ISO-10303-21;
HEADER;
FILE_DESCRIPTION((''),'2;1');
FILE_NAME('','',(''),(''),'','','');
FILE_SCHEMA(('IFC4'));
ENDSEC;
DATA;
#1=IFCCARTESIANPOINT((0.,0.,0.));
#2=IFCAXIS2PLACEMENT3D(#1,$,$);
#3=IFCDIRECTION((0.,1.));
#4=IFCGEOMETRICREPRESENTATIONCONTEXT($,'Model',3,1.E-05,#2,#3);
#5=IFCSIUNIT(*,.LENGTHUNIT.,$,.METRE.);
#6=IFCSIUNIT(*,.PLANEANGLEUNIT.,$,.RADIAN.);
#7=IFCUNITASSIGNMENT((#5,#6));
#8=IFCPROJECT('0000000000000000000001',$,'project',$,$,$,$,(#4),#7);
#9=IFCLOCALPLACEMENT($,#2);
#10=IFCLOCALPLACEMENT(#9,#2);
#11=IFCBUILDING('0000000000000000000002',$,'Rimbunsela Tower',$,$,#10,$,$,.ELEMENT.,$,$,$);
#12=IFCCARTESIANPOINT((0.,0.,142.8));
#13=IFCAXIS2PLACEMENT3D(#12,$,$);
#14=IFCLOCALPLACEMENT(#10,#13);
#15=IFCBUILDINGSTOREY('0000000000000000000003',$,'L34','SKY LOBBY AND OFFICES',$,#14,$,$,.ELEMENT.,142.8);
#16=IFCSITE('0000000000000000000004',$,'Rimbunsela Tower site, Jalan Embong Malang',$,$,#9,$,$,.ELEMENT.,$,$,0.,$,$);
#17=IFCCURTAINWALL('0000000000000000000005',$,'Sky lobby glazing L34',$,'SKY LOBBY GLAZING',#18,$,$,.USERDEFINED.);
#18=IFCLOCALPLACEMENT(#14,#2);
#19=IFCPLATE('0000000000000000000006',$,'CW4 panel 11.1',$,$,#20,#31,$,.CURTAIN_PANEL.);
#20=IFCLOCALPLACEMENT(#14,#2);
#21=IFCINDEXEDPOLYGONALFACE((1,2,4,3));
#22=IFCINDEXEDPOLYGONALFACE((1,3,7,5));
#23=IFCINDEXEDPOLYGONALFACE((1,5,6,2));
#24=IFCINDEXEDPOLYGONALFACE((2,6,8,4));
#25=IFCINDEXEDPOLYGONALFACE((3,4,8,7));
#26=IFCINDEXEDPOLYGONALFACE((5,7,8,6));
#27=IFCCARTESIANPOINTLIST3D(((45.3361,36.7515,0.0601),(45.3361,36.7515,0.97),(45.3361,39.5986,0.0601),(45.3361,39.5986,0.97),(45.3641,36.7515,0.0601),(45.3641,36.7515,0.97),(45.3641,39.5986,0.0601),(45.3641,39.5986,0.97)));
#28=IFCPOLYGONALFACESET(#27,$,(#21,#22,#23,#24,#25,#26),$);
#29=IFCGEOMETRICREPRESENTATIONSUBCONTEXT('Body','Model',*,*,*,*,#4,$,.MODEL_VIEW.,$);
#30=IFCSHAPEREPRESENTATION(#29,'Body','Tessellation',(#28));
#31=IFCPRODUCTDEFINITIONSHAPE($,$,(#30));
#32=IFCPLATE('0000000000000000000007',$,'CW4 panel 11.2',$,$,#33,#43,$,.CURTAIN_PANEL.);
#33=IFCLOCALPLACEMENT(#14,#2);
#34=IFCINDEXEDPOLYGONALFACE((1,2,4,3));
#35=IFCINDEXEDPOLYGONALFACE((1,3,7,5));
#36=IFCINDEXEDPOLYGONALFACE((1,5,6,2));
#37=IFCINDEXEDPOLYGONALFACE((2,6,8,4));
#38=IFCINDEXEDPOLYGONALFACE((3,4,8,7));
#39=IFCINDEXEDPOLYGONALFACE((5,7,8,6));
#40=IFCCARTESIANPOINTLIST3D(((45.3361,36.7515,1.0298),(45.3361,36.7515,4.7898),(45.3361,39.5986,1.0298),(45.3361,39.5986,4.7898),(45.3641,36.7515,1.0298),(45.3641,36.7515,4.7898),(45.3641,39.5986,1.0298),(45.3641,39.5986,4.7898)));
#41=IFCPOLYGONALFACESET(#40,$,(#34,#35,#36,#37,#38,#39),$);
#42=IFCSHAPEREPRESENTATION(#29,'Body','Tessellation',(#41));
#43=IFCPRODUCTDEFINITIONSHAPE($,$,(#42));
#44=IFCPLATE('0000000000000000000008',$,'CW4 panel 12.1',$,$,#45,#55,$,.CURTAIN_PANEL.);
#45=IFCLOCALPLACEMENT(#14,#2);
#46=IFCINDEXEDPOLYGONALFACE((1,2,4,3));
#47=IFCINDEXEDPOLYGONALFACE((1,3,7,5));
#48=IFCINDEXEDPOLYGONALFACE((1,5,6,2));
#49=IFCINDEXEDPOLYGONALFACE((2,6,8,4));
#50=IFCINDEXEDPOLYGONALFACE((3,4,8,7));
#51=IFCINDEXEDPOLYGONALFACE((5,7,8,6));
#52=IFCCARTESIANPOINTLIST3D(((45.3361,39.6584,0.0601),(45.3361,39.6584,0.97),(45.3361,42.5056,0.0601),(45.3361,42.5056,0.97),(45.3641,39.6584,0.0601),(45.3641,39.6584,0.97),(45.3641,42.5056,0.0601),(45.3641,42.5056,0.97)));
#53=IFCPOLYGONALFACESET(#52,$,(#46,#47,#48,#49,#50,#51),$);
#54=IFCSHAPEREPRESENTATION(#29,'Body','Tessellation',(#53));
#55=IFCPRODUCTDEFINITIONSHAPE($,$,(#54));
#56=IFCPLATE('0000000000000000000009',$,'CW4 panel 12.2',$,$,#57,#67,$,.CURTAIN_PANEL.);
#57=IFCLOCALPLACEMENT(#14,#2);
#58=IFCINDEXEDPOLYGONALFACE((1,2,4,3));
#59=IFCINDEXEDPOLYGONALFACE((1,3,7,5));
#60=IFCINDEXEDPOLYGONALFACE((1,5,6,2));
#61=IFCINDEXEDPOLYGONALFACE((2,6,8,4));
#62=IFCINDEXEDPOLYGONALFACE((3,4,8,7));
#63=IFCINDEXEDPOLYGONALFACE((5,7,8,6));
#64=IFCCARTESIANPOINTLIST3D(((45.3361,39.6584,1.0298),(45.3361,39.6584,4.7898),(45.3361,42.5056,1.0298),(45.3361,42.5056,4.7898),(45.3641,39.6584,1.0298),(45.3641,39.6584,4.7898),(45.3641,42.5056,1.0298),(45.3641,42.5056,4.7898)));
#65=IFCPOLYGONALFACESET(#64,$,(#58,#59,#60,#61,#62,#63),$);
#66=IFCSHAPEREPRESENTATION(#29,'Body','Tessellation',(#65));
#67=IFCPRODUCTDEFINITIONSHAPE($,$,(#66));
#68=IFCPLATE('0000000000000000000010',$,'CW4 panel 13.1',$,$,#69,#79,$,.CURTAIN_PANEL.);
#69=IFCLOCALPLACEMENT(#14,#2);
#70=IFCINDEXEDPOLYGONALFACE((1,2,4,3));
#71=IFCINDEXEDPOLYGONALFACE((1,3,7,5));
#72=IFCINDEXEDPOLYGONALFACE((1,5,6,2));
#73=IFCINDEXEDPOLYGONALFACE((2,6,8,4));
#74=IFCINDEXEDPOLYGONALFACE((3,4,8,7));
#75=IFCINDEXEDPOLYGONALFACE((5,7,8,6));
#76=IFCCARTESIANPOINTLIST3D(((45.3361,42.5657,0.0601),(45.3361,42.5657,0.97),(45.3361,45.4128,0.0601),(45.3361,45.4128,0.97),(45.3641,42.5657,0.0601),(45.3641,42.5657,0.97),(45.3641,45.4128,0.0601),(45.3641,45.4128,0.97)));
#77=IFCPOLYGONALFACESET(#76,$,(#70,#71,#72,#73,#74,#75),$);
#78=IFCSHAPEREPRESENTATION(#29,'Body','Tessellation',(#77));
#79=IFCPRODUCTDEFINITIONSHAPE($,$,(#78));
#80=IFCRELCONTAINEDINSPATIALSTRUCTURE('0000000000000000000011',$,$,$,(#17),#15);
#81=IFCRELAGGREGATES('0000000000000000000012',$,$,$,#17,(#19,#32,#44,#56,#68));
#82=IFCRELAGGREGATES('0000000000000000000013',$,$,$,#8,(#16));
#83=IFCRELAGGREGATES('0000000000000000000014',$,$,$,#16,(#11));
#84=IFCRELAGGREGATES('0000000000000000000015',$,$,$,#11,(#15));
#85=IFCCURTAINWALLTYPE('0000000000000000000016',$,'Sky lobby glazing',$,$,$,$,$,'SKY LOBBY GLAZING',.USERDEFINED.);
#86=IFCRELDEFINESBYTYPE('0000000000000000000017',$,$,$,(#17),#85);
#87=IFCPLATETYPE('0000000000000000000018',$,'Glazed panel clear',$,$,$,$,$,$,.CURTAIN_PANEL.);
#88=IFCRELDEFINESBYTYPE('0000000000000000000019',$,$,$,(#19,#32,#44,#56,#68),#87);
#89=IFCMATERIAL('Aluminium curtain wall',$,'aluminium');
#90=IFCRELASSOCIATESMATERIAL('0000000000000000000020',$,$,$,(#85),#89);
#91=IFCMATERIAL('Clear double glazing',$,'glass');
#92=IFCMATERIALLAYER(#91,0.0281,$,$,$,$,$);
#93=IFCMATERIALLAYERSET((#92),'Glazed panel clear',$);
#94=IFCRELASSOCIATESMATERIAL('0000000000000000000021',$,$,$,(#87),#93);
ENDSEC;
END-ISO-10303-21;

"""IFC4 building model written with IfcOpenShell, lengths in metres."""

from ifc_helpers import new_model, si_unit, direction, frame, origin, origin_2d, place, context, subcontext, project, spatial, rectangle, extrude, material, layer, layer_set, type_object, element, aggregate, save


model = new_model("IFC4")

# Units and contexts
model_context = context("Model", 3, precision=1e-05, world=origin(), true_north=direction((0.0, 1.0)))
body_context = subcontext(model_context, "Body", "Model", "MODEL_VIEW")
ifc_project = project(units=[si_unit("LENGTHUNIT", "METRE"), si_unit("PLANEANGLEUNIT", "RADIAN")], contexts=[model_context])

# Site, building, storey
site_placement = place(None, origin())
site = spatial("IfcSite", under=ifc_project, at=site_placement, Name="Rimbunsela Tower site, Jalan Embong Malang", CompositionType="ELEMENT", RefElevation=0.0)
building_placement = place(site_placement, origin())
building = spatial("IfcBuilding", under=site, at=building_placement, Name="Rimbunsela Tower", CompositionType="ELEMENT")
storey_placement = place(building_placement, frame((0.0, 0.0, 142.8)))
storey = spatial("IfcBuildingStorey", under=building, at=storey_placement, Name="L34", Description="SKY LOBBY AND OFFICES", CompositionType="ELEMENT", Elevation=142.8)

# Curtain wall, plates
ifc_material_1 = material(Name="Aluminium curtain wall", Category="aluminium")
curtain_wall_type = type_object("IfcCurtainWallType", Name="Sky lobby glazing", ElementType="SKY LOBBY GLAZING", PredefinedType="USERDEFINED", material=ifc_material_1)
curtain_wall_placement = place(storey_placement, origin())
curtain_wall = element("IfcCurtainWall", 1, at=curtain_wall_placement, inside=storey, type_object=curtain_wall_type, Name="Sky lobby glazing L34", ObjectType="SKY LOBBY GLAZING", PredefinedType="USERDEFINED")
ifc_material_2 = material(Name="Clear double glazing", Category="glass")
ifc_layer = layer(ifc_material_2, 0.0281)
ifc_layer_set = layer_set([ifc_layer], Name="Glazed panel clear")
plate_type = type_object("IfcPlateType", Name="Glazed panel clear", PredefinedType="CURTAIN_PANEL", material=ifc_layer_set)
plate_1_placement = place(storey_placement, frame((45.3501, 38.175, 0.0601), z_axis=(0.0, 0.0, 1.0), x_axis=(0.0, 1.0, 0.0)))
plate_1 = element("IfcPlate", 2, at=plate_1_placement, type_object=plate_type, Name="CW4 panel 11.1", PredefinedType="CURTAIN_PANEL", context=body_context, shape_type="SweptSolid", body=[
    extrude(rectangle(XDim=2.8472, YDim=0.0281, at=origin_2d()), origin(), (0.0, 0.0, 1.0), 0.9099),
])
plate_2_placement = place(storey_placement, frame((45.3501, 38.175, 1.0298), z_axis=(0.0, 0.0, 1.0), x_axis=(0.0, 1.0, 0.0)))
plate_2 = element("IfcPlate", 3, at=plate_2_placement, type_object=plate_type, Name="CW4 panel 11.2", PredefinedType="CURTAIN_PANEL", context=body_context, shape_type="SweptSolid", body=[
    extrude(rectangle(XDim=2.8472, YDim=0.0281, at=origin_2d()), origin(), (0.0, 0.0, 1.0), 3.76),
])
plate_3_placement = place(storey_placement, frame((45.3501, 41.082, 0.0601), z_axis=(0.0, 0.0, 1.0), x_axis=(0.0, 1.0, 0.0)))
plate_3 = element("IfcPlate", 4, at=plate_3_placement, type_object=plate_type, Name="CW4 panel 12.1", PredefinedType="CURTAIN_PANEL", context=body_context, shape_type="SweptSolid", body=[
    extrude(rectangle(XDim=2.8472, YDim=0.0281, at=origin_2d()), origin(), (0.0, 0.0, 1.0), 0.9099),
])
plate_4_placement = place(storey_placement, frame((45.3501, 41.082, 1.0298), z_axis=(0.0, 0.0, 1.0), x_axis=(0.0, 1.0, 0.0)))
plate_4 = element("IfcPlate", 5, at=plate_4_placement, type_object=plate_type, Name="CW4 panel 12.2", PredefinedType="CURTAIN_PANEL", context=body_context, shape_type="SweptSolid", body=[
    extrude(rectangle(XDim=2.8472, YDim=0.0281, at=origin_2d()), origin(), (0.0, 0.0, 1.0), 3.76),
])
plate_5_placement = place(storey_placement, frame((45.3501, 43.9893, 0.0601), z_axis=(0.0, 0.0, 1.0), x_axis=(0.0, 1.0, 0.0)))
plate_5 = element("IfcPlate", 6, at=plate_5_placement, type_object=plate_type, Name="CW4 panel 13.1", PredefinedType="CURTAIN_PANEL", context=body_context, shape_type="SweptSolid", body=[
    extrude(rectangle(XDim=2.8472, YDim=0.0281, at=origin_2d()), origin(), (0.0, 0.0, 1.0), 0.9099),
])
aggregate(curtain_wall, [plate_1, plate_2, plate_3, plate_4, plate_5])

save(model, "model.ifc")
